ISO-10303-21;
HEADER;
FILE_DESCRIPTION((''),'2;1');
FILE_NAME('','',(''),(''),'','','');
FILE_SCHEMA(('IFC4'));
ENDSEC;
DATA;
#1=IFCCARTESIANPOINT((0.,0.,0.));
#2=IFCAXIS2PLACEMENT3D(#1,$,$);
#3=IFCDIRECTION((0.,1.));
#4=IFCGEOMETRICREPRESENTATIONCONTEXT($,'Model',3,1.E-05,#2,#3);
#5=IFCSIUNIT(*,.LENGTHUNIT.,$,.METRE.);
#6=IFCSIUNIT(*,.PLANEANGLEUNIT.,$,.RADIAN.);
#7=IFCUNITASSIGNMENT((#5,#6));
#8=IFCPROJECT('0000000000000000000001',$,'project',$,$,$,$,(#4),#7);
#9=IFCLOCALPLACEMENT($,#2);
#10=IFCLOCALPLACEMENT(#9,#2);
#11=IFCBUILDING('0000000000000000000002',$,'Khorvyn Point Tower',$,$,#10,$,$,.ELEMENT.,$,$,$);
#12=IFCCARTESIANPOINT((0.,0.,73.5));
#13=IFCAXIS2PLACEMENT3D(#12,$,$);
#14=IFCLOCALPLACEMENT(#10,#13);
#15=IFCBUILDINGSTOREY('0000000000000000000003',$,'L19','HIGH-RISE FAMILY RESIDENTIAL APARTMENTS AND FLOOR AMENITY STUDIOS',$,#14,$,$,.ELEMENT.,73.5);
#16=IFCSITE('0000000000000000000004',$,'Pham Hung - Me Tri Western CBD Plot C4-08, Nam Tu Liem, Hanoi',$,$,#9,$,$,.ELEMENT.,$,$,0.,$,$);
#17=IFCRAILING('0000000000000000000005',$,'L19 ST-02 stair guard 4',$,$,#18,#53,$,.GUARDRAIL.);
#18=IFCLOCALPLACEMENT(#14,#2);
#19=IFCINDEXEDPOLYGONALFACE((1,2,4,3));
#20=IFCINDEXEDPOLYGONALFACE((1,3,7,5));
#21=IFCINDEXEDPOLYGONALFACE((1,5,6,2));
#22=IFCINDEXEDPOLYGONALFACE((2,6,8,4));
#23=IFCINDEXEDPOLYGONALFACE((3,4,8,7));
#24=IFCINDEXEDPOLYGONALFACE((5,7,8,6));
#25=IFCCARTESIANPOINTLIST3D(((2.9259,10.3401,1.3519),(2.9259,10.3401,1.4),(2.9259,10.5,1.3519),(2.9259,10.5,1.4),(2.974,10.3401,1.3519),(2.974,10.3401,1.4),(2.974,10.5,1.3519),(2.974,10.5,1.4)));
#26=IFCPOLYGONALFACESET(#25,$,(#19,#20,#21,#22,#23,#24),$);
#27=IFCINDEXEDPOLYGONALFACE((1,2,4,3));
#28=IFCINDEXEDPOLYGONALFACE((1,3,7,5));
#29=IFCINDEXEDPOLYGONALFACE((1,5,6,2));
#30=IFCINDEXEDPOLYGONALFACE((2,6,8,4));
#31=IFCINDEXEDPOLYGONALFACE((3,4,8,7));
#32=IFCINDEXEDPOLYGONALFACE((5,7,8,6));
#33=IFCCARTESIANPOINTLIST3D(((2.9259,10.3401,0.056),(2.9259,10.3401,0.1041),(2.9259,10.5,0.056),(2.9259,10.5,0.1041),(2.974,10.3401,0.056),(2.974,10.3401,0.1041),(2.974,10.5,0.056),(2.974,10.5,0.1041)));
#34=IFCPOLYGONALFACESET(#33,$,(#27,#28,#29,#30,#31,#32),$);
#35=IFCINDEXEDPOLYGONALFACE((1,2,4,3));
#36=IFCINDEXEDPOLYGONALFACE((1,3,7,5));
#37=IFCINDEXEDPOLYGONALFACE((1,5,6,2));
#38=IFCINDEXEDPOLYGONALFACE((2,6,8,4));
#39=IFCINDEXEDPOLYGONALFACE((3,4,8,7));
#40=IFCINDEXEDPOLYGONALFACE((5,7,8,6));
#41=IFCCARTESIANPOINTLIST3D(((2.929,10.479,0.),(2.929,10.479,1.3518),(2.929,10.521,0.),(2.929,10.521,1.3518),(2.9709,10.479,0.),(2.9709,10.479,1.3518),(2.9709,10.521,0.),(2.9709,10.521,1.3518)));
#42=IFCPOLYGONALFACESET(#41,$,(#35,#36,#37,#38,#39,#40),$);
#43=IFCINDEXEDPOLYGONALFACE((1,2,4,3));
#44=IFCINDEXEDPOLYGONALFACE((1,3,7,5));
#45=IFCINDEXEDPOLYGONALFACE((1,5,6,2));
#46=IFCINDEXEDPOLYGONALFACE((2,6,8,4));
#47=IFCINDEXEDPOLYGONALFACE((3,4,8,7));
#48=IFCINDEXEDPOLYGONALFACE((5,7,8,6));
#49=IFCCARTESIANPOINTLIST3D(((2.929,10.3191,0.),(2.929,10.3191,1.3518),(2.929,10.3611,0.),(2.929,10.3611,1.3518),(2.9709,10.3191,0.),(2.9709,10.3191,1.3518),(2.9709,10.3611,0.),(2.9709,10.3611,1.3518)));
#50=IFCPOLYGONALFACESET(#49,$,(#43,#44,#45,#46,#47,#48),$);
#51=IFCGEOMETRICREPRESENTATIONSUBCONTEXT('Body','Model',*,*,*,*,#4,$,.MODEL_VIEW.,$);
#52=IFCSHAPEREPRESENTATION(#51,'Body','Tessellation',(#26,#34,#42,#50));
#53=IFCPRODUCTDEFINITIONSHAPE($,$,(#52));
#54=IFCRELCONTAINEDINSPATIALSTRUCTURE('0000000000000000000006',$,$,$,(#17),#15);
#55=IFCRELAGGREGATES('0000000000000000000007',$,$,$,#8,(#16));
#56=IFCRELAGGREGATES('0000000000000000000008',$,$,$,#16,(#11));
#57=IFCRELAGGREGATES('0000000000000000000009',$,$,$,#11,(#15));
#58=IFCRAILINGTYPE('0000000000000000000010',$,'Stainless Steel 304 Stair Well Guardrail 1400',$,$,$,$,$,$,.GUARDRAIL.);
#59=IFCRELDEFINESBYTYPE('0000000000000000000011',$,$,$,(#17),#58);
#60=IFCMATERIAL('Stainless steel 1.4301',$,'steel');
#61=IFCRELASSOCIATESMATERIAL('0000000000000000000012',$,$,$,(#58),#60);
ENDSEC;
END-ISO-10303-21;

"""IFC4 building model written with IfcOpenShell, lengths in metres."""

from ifc_helpers import new_model, si_unit, direction, frame, origin, origin_2d, place, context, subcontext, project, spatial, rectangle, extrude, material, type_object, element, save


model = new_model("IFC4")

# Units and contexts
model_context = context("Model", 3, precision=1e-05, world=origin(), true_north=direction((0.0, 1.0)))
body_context = subcontext(model_context, "Body", "Model", "MODEL_VIEW")
ifc_project = project(units=[si_unit("LENGTHUNIT", "METRE"), si_unit("PLANEANGLEUNIT", "RADIAN")], contexts=[model_context])

# Site, building, storey
site_placement = place(None, origin())
site = spatial("IfcSite", under=ifc_project, at=site_placement, Name="Pham Hung - Me Tri Western CBD Plot C4-08, Nam Tu Liem, Hanoi", CompositionType="ELEMENT", RefElevation=0.0)
building_placement = place(site_placement, origin())
building = spatial("IfcBuilding", under=site, at=building_placement, Name="Khorvyn Point Tower", CompositionType="ELEMENT")
storey_placement = place(building_placement, frame((0.0, 0.0, 73.5)))
storey = spatial("IfcBuildingStorey", under=building, at=storey_placement, Name="L19", Description="HIGH-RISE FAMILY RESIDENTIAL APARTMENTS AND FLOOR AMENITY STUDIOS", CompositionType="ELEMENT", Elevation=73.5)

# Shared definitions
ifc_material_1 = material(Name="Stainless steel 1.4301", Category="steel")

# Railing
railing_type_1 = type_object("IfcRailingType", Name="Stainless Steel 304 Stair Well Guardrail 1400", PredefinedType="GUARDRAIL", material=ifc_material_1)
railing_1_placement = place(storey_placement, frame((2.95, 10.5, 0.0)))
element("IfcRailing", 1, at=railing_1_placement, inside=storey, type_object=railing_type_1, Name="L19 ST-02 stair guard 4", PredefinedType="GUARDRAIL", context=body_context, shape_type="SweptSolid", body=[
    extrude(rectangle(XDim=0.0481, YDim=0.0481, at=origin_2d()), frame((0.0, 0.0, 1.376), z_axis=(0.0, -1.0, 0.0), x_axis=(1.0, 0.0, 0.0)), (0.0, 0.0, 1.0), 0.1599),
    extrude(rectangle(XDim=0.0481, YDim=0.0481, at=origin_2d()), frame((0.0, 0.0, 0.0801), z_axis=(0.0, -1.0, 0.0), x_axis=(1.0, 0.0, 0.0)), (0.0, 0.0, 1.0), 0.1599),
    extrude(rectangle(XDim=0.042, YDim=0.042, at=origin_2d()), origin(), (0.0, 0.0, 1.0), 1.3518),
    extrude(rectangle(XDim=0.042, YDim=0.042, at=origin_2d()), frame((0.0, -0.1599, 0.0)), (0.0, 0.0, 1.0), 1.3518),
])

save(model, "model.ifc")
